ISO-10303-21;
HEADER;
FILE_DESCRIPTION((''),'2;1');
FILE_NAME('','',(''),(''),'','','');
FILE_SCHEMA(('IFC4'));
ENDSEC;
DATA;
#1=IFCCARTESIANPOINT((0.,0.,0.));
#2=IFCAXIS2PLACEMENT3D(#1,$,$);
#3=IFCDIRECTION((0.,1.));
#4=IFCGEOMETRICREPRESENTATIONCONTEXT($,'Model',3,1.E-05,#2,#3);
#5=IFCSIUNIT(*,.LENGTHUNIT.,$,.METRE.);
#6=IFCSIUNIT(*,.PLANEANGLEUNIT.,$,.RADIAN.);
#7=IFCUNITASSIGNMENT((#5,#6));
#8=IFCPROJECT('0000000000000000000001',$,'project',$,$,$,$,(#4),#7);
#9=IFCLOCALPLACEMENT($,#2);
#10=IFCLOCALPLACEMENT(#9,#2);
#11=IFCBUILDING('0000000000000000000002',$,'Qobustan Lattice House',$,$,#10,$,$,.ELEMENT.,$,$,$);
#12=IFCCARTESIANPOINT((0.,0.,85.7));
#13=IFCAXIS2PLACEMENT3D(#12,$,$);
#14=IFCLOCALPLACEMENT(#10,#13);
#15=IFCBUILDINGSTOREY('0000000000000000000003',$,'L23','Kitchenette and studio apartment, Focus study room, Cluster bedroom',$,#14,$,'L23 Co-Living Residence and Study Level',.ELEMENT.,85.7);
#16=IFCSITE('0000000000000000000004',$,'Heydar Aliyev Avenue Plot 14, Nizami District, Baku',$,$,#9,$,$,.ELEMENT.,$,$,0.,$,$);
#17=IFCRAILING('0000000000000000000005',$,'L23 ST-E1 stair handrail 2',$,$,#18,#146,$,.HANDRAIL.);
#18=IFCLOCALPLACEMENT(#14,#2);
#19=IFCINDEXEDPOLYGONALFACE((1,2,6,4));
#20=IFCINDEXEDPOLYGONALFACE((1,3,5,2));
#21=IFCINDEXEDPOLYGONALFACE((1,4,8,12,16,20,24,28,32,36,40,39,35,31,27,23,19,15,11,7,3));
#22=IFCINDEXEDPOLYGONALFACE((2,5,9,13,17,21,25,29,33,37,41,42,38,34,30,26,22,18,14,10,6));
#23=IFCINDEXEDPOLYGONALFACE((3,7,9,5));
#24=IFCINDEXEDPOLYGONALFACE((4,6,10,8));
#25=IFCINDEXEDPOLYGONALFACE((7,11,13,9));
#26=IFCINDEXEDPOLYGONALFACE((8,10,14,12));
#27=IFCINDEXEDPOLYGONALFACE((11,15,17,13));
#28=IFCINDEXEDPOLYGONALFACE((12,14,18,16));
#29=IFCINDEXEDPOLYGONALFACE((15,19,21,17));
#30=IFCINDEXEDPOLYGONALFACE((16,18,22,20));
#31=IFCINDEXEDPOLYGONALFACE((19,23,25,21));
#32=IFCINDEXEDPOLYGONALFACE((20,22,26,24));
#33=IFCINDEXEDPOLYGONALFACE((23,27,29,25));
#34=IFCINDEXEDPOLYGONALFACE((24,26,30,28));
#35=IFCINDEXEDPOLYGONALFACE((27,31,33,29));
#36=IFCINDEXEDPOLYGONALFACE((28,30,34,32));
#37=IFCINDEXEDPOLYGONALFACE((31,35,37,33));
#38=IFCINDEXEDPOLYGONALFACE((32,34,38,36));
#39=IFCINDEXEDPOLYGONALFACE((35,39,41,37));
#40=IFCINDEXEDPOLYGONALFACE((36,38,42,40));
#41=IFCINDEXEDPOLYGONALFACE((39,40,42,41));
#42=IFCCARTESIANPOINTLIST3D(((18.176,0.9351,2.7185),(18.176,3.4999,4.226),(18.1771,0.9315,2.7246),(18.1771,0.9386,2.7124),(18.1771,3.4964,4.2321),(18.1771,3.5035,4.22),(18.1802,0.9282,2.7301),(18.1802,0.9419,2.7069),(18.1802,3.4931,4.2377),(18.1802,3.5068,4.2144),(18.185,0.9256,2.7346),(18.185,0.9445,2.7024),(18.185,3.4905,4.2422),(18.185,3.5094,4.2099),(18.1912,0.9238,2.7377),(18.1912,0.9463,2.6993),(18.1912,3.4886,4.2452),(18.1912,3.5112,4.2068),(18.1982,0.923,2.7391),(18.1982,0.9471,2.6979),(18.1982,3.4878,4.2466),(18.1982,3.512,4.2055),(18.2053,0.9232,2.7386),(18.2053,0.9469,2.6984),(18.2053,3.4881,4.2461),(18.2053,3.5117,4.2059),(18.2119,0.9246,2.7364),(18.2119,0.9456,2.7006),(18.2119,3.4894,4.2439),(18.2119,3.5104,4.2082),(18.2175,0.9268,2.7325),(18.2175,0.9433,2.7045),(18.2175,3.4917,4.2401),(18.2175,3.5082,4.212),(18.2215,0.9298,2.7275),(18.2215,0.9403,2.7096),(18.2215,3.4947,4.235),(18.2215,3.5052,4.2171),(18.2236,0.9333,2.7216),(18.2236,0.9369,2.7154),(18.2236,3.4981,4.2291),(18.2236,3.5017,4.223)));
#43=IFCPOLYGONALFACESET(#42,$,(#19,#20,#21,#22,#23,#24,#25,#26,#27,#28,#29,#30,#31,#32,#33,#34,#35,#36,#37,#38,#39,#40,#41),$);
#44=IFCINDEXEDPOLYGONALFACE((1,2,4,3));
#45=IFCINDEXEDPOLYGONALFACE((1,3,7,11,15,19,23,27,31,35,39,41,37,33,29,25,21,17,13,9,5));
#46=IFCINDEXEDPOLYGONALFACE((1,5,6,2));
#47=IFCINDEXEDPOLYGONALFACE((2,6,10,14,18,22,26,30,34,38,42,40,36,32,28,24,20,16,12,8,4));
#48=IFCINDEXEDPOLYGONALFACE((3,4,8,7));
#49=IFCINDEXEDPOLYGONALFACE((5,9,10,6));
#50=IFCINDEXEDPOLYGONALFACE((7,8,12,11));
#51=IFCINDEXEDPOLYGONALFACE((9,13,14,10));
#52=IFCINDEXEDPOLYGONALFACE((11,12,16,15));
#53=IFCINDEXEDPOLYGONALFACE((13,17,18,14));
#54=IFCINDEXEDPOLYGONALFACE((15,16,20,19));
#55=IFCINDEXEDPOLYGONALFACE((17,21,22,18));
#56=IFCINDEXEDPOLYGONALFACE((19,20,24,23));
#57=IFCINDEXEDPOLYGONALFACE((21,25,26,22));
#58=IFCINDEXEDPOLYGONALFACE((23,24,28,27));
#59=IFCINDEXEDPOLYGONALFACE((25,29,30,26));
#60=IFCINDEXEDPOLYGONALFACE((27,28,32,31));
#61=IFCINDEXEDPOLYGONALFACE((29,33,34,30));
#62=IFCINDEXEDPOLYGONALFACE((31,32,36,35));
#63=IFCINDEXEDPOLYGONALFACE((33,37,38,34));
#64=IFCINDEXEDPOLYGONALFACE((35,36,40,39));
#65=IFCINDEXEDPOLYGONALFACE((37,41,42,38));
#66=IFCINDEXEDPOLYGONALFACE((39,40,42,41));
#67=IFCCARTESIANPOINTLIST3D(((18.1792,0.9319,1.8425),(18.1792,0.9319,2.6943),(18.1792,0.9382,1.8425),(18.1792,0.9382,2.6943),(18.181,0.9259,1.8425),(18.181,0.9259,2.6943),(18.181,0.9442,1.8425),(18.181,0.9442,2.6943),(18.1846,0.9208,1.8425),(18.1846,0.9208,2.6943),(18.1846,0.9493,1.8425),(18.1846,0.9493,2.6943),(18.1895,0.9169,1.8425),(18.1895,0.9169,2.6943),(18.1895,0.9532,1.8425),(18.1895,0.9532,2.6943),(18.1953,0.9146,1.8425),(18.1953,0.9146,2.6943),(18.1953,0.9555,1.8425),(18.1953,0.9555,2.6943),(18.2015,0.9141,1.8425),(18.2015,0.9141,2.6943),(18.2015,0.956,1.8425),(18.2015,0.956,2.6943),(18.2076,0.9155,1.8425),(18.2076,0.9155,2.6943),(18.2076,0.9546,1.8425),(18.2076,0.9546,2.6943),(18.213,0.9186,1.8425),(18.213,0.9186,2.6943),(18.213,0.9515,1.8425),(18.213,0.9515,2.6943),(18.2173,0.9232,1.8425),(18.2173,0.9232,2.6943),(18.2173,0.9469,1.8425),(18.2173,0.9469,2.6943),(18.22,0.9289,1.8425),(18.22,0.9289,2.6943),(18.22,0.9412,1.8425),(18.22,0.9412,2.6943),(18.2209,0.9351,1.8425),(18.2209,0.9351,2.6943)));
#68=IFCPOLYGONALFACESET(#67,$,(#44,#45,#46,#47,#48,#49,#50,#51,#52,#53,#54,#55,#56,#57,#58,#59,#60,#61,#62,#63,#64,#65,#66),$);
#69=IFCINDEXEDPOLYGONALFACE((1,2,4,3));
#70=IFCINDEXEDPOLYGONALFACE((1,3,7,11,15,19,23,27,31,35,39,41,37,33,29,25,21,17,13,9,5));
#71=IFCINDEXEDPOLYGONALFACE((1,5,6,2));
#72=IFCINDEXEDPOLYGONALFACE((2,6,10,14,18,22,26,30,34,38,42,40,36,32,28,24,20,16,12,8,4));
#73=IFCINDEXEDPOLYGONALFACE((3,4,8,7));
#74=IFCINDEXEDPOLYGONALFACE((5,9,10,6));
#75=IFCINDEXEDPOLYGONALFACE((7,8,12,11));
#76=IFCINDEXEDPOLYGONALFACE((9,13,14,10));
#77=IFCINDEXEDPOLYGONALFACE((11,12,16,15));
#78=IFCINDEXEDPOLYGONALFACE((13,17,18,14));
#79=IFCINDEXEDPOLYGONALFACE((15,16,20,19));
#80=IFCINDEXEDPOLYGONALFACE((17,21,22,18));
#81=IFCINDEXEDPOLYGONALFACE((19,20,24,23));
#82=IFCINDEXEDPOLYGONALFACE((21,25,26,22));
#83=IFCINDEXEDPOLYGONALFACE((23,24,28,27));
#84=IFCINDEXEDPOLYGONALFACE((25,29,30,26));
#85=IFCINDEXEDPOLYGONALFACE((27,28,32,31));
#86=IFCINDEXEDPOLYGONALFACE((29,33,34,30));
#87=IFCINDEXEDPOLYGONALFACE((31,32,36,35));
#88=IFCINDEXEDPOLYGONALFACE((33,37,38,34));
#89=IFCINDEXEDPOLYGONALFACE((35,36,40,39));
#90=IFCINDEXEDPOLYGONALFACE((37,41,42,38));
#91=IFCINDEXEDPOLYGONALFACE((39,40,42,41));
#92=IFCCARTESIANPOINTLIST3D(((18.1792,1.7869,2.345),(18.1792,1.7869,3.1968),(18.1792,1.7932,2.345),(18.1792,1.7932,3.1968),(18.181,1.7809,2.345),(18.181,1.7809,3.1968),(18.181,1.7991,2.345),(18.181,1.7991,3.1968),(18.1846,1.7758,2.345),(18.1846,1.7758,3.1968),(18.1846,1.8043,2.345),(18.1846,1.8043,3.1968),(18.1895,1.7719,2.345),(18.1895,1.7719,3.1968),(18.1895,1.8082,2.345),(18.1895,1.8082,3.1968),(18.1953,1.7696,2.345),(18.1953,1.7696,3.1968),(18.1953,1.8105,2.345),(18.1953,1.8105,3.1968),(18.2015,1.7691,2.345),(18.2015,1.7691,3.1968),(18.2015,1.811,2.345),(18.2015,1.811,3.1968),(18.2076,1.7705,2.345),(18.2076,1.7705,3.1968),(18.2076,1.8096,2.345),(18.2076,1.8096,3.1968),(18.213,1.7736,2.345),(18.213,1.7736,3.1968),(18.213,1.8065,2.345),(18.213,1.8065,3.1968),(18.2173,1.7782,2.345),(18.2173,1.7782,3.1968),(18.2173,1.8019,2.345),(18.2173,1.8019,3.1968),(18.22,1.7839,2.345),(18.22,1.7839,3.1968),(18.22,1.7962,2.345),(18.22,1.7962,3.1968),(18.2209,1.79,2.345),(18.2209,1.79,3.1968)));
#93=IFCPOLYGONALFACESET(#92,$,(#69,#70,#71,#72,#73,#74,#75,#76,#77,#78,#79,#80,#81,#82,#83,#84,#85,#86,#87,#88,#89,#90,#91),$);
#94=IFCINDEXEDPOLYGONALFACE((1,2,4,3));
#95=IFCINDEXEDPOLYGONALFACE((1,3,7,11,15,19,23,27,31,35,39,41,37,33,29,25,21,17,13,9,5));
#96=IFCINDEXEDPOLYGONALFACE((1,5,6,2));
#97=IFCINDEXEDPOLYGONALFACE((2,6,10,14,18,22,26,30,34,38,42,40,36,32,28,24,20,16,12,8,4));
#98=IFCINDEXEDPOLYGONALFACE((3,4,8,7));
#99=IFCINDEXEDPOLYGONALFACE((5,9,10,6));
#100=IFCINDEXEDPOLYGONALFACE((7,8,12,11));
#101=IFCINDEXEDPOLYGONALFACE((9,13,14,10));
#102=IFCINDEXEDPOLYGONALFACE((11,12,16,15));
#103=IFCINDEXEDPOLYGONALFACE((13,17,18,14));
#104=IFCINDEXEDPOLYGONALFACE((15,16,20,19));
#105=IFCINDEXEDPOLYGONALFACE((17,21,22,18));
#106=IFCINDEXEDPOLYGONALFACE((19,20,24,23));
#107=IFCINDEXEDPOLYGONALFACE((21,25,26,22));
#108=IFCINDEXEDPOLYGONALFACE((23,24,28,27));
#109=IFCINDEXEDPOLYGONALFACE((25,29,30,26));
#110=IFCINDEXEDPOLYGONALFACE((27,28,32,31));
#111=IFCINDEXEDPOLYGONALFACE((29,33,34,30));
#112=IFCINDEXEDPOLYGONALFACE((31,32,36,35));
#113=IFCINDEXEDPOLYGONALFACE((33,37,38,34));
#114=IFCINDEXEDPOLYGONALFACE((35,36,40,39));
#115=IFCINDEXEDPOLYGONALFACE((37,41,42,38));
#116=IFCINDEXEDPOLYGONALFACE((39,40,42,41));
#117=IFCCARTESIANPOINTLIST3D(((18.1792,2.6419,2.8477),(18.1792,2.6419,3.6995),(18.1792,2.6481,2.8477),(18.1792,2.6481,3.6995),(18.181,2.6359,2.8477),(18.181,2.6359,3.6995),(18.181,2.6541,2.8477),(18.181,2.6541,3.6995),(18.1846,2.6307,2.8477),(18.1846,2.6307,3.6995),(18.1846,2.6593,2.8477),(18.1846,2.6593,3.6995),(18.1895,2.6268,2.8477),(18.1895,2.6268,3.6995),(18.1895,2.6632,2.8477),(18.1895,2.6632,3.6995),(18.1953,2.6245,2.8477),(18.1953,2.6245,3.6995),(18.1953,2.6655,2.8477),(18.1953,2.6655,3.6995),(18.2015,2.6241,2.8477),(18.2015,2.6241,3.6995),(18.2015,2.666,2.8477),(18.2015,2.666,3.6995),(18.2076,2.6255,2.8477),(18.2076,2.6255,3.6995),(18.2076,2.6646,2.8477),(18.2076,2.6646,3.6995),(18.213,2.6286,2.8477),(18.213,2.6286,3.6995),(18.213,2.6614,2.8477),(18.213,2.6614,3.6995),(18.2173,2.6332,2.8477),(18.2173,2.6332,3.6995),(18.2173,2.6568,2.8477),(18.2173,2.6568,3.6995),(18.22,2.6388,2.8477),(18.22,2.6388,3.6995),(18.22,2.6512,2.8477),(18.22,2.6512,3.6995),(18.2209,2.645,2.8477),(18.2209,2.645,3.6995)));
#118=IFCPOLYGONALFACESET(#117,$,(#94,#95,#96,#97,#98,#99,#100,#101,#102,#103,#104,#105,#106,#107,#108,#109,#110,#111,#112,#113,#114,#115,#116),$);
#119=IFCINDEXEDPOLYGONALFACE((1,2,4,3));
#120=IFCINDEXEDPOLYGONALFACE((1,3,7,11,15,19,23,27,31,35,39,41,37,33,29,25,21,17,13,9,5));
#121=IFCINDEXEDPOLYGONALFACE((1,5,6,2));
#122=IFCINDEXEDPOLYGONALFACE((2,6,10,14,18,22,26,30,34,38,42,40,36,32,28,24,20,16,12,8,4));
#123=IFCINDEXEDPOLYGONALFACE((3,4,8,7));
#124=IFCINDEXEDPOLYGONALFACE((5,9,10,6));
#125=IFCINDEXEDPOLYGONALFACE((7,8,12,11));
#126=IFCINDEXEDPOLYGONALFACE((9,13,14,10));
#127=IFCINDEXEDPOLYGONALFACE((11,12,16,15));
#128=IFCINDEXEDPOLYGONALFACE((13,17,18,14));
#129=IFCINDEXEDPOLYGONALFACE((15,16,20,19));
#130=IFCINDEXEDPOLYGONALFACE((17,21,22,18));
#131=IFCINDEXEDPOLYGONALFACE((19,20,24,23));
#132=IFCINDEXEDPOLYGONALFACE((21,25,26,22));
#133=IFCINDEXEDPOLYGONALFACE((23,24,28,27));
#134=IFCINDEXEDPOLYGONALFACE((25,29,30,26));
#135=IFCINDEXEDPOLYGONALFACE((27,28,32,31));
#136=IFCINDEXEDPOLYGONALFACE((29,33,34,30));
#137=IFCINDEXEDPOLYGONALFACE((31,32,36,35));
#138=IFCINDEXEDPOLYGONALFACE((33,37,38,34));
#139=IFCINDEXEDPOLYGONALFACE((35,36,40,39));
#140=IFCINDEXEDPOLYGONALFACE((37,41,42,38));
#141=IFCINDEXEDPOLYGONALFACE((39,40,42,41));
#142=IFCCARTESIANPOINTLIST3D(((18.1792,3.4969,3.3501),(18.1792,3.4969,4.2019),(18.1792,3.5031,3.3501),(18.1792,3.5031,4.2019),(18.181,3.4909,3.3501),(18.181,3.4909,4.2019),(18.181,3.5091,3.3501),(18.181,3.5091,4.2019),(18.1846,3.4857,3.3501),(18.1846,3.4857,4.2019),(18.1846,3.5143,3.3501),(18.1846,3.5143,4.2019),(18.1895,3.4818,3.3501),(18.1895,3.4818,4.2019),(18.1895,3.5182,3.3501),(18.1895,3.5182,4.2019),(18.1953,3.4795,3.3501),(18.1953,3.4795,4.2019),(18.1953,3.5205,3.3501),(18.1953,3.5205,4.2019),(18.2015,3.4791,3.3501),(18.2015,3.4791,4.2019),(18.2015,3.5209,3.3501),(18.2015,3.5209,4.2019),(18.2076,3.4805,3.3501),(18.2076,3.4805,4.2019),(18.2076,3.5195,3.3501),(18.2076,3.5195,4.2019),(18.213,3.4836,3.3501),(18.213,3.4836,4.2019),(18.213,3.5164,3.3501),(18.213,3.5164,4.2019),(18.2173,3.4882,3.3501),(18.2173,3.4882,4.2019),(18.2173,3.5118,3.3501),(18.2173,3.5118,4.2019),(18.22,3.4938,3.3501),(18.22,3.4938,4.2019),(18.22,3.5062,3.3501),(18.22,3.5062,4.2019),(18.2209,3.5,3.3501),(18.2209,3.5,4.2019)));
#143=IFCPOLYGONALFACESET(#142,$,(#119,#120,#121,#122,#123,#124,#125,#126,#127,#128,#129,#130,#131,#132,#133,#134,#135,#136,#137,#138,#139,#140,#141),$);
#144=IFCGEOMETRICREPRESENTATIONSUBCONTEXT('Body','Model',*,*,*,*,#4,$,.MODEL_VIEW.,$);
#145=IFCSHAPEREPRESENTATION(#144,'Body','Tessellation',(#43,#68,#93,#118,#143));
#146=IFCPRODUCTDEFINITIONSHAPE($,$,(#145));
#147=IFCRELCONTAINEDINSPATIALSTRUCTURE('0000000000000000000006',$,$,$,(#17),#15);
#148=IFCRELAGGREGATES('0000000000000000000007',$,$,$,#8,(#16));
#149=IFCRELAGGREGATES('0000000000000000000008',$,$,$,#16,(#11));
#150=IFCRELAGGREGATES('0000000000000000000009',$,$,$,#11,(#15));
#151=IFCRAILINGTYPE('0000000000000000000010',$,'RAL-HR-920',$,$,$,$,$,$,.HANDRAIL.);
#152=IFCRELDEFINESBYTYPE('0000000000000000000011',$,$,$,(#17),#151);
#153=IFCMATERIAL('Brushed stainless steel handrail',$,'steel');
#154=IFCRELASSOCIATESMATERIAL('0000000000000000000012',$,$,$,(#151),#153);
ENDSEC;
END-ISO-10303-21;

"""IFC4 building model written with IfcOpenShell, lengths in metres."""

from ifc_helpers import new_model, si_unit, direction, frame, origin, origin_2d, place, context, subcontext, project, spatial, circle, extrude, material, type_object, element, save


model = new_model("IFC4")

# Units and contexts
model_context = context("Model", 3, precision=1e-05, world=origin(), true_north=direction((0.0, 1.0)))
body_context = subcontext(model_context, "Body", "Model", "MODEL_VIEW")
ifc_project = project(units=[si_unit("LENGTHUNIT", "METRE"), si_unit("PLANEANGLEUNIT", "RADIAN")], contexts=[model_context])

# Site, building, storey
site_placement = place(None, origin())
site = spatial("IfcSite", under=ifc_project, at=site_placement, Name="Heydar Aliyev Avenue Plot 14, Nizami District, Baku", CompositionType="ELEMENT", RefElevation=0.0)
building_placement = place(site_placement, origin())
building = spatial("IfcBuilding", under=site, at=building_placement, Name="Qobustan Lattice House", CompositionType="ELEMENT")
storey_placement = place(building_placement, frame((0.0, 0.0, 85.7)))
storey = spatial("IfcBuildingStorey", under=building, at=storey_placement, Name="L23", Description="Kitchenette and studio apartment, Focus study room, Cluster bedroom", LongName="L23 Co-Living Residence and Study Level", CompositionType="ELEMENT", Elevation=85.7)

# Railing
ifc_material_1 = material(Name="Brushed stainless steel handrail", Category="steel")
railing_type = type_object("IfcRailingType", Name="RAL-HR-920", PredefinedType="HANDRAIL", material=ifc_material_1)
railing_placement = place(storey_placement, frame((18.2, 0.9351, 1.8425)))
element("IfcRailing", 1, at=railing_placement, inside=storey, type_object=railing_type, Name="L23 ST-E1 stair handrail 2", PredefinedType="HANDRAIL", context=body_context, shape_type="SweptSolid", body=[
    extrude(circle(Radius=0.0239, at=origin_2d()), frame((0.0, 0.0, 0.876), z_axis=(0.0, 0.862113, 0.506715), x_axis=(-1.0, 0.0, 0.0)), (0.0, 0.0, 1.0), 2.9751),
    extrude(circle(Radius=0.021, at=origin_2d()), origin(), (0.0, 0.0, 1.0), 0.8518),
    extrude(circle(Radius=0.021, at=origin_2d()), frame((0.0, 0.855, 0.5024)), (0.0, 0.0, 1.0), 0.8518),
    extrude(circle(Radius=0.021, at=origin_2d()), frame((0.0, 1.71, 1.0051)), (0.0, 0.0, 1.0), 0.8518),
    extrude(circle(Radius=0.021, at=origin_2d()), frame((0.0, 2.5649, 1.5076)), (0.0, 0.0, 1.0), 0.8518),
])

save(model, "model.ifc")
